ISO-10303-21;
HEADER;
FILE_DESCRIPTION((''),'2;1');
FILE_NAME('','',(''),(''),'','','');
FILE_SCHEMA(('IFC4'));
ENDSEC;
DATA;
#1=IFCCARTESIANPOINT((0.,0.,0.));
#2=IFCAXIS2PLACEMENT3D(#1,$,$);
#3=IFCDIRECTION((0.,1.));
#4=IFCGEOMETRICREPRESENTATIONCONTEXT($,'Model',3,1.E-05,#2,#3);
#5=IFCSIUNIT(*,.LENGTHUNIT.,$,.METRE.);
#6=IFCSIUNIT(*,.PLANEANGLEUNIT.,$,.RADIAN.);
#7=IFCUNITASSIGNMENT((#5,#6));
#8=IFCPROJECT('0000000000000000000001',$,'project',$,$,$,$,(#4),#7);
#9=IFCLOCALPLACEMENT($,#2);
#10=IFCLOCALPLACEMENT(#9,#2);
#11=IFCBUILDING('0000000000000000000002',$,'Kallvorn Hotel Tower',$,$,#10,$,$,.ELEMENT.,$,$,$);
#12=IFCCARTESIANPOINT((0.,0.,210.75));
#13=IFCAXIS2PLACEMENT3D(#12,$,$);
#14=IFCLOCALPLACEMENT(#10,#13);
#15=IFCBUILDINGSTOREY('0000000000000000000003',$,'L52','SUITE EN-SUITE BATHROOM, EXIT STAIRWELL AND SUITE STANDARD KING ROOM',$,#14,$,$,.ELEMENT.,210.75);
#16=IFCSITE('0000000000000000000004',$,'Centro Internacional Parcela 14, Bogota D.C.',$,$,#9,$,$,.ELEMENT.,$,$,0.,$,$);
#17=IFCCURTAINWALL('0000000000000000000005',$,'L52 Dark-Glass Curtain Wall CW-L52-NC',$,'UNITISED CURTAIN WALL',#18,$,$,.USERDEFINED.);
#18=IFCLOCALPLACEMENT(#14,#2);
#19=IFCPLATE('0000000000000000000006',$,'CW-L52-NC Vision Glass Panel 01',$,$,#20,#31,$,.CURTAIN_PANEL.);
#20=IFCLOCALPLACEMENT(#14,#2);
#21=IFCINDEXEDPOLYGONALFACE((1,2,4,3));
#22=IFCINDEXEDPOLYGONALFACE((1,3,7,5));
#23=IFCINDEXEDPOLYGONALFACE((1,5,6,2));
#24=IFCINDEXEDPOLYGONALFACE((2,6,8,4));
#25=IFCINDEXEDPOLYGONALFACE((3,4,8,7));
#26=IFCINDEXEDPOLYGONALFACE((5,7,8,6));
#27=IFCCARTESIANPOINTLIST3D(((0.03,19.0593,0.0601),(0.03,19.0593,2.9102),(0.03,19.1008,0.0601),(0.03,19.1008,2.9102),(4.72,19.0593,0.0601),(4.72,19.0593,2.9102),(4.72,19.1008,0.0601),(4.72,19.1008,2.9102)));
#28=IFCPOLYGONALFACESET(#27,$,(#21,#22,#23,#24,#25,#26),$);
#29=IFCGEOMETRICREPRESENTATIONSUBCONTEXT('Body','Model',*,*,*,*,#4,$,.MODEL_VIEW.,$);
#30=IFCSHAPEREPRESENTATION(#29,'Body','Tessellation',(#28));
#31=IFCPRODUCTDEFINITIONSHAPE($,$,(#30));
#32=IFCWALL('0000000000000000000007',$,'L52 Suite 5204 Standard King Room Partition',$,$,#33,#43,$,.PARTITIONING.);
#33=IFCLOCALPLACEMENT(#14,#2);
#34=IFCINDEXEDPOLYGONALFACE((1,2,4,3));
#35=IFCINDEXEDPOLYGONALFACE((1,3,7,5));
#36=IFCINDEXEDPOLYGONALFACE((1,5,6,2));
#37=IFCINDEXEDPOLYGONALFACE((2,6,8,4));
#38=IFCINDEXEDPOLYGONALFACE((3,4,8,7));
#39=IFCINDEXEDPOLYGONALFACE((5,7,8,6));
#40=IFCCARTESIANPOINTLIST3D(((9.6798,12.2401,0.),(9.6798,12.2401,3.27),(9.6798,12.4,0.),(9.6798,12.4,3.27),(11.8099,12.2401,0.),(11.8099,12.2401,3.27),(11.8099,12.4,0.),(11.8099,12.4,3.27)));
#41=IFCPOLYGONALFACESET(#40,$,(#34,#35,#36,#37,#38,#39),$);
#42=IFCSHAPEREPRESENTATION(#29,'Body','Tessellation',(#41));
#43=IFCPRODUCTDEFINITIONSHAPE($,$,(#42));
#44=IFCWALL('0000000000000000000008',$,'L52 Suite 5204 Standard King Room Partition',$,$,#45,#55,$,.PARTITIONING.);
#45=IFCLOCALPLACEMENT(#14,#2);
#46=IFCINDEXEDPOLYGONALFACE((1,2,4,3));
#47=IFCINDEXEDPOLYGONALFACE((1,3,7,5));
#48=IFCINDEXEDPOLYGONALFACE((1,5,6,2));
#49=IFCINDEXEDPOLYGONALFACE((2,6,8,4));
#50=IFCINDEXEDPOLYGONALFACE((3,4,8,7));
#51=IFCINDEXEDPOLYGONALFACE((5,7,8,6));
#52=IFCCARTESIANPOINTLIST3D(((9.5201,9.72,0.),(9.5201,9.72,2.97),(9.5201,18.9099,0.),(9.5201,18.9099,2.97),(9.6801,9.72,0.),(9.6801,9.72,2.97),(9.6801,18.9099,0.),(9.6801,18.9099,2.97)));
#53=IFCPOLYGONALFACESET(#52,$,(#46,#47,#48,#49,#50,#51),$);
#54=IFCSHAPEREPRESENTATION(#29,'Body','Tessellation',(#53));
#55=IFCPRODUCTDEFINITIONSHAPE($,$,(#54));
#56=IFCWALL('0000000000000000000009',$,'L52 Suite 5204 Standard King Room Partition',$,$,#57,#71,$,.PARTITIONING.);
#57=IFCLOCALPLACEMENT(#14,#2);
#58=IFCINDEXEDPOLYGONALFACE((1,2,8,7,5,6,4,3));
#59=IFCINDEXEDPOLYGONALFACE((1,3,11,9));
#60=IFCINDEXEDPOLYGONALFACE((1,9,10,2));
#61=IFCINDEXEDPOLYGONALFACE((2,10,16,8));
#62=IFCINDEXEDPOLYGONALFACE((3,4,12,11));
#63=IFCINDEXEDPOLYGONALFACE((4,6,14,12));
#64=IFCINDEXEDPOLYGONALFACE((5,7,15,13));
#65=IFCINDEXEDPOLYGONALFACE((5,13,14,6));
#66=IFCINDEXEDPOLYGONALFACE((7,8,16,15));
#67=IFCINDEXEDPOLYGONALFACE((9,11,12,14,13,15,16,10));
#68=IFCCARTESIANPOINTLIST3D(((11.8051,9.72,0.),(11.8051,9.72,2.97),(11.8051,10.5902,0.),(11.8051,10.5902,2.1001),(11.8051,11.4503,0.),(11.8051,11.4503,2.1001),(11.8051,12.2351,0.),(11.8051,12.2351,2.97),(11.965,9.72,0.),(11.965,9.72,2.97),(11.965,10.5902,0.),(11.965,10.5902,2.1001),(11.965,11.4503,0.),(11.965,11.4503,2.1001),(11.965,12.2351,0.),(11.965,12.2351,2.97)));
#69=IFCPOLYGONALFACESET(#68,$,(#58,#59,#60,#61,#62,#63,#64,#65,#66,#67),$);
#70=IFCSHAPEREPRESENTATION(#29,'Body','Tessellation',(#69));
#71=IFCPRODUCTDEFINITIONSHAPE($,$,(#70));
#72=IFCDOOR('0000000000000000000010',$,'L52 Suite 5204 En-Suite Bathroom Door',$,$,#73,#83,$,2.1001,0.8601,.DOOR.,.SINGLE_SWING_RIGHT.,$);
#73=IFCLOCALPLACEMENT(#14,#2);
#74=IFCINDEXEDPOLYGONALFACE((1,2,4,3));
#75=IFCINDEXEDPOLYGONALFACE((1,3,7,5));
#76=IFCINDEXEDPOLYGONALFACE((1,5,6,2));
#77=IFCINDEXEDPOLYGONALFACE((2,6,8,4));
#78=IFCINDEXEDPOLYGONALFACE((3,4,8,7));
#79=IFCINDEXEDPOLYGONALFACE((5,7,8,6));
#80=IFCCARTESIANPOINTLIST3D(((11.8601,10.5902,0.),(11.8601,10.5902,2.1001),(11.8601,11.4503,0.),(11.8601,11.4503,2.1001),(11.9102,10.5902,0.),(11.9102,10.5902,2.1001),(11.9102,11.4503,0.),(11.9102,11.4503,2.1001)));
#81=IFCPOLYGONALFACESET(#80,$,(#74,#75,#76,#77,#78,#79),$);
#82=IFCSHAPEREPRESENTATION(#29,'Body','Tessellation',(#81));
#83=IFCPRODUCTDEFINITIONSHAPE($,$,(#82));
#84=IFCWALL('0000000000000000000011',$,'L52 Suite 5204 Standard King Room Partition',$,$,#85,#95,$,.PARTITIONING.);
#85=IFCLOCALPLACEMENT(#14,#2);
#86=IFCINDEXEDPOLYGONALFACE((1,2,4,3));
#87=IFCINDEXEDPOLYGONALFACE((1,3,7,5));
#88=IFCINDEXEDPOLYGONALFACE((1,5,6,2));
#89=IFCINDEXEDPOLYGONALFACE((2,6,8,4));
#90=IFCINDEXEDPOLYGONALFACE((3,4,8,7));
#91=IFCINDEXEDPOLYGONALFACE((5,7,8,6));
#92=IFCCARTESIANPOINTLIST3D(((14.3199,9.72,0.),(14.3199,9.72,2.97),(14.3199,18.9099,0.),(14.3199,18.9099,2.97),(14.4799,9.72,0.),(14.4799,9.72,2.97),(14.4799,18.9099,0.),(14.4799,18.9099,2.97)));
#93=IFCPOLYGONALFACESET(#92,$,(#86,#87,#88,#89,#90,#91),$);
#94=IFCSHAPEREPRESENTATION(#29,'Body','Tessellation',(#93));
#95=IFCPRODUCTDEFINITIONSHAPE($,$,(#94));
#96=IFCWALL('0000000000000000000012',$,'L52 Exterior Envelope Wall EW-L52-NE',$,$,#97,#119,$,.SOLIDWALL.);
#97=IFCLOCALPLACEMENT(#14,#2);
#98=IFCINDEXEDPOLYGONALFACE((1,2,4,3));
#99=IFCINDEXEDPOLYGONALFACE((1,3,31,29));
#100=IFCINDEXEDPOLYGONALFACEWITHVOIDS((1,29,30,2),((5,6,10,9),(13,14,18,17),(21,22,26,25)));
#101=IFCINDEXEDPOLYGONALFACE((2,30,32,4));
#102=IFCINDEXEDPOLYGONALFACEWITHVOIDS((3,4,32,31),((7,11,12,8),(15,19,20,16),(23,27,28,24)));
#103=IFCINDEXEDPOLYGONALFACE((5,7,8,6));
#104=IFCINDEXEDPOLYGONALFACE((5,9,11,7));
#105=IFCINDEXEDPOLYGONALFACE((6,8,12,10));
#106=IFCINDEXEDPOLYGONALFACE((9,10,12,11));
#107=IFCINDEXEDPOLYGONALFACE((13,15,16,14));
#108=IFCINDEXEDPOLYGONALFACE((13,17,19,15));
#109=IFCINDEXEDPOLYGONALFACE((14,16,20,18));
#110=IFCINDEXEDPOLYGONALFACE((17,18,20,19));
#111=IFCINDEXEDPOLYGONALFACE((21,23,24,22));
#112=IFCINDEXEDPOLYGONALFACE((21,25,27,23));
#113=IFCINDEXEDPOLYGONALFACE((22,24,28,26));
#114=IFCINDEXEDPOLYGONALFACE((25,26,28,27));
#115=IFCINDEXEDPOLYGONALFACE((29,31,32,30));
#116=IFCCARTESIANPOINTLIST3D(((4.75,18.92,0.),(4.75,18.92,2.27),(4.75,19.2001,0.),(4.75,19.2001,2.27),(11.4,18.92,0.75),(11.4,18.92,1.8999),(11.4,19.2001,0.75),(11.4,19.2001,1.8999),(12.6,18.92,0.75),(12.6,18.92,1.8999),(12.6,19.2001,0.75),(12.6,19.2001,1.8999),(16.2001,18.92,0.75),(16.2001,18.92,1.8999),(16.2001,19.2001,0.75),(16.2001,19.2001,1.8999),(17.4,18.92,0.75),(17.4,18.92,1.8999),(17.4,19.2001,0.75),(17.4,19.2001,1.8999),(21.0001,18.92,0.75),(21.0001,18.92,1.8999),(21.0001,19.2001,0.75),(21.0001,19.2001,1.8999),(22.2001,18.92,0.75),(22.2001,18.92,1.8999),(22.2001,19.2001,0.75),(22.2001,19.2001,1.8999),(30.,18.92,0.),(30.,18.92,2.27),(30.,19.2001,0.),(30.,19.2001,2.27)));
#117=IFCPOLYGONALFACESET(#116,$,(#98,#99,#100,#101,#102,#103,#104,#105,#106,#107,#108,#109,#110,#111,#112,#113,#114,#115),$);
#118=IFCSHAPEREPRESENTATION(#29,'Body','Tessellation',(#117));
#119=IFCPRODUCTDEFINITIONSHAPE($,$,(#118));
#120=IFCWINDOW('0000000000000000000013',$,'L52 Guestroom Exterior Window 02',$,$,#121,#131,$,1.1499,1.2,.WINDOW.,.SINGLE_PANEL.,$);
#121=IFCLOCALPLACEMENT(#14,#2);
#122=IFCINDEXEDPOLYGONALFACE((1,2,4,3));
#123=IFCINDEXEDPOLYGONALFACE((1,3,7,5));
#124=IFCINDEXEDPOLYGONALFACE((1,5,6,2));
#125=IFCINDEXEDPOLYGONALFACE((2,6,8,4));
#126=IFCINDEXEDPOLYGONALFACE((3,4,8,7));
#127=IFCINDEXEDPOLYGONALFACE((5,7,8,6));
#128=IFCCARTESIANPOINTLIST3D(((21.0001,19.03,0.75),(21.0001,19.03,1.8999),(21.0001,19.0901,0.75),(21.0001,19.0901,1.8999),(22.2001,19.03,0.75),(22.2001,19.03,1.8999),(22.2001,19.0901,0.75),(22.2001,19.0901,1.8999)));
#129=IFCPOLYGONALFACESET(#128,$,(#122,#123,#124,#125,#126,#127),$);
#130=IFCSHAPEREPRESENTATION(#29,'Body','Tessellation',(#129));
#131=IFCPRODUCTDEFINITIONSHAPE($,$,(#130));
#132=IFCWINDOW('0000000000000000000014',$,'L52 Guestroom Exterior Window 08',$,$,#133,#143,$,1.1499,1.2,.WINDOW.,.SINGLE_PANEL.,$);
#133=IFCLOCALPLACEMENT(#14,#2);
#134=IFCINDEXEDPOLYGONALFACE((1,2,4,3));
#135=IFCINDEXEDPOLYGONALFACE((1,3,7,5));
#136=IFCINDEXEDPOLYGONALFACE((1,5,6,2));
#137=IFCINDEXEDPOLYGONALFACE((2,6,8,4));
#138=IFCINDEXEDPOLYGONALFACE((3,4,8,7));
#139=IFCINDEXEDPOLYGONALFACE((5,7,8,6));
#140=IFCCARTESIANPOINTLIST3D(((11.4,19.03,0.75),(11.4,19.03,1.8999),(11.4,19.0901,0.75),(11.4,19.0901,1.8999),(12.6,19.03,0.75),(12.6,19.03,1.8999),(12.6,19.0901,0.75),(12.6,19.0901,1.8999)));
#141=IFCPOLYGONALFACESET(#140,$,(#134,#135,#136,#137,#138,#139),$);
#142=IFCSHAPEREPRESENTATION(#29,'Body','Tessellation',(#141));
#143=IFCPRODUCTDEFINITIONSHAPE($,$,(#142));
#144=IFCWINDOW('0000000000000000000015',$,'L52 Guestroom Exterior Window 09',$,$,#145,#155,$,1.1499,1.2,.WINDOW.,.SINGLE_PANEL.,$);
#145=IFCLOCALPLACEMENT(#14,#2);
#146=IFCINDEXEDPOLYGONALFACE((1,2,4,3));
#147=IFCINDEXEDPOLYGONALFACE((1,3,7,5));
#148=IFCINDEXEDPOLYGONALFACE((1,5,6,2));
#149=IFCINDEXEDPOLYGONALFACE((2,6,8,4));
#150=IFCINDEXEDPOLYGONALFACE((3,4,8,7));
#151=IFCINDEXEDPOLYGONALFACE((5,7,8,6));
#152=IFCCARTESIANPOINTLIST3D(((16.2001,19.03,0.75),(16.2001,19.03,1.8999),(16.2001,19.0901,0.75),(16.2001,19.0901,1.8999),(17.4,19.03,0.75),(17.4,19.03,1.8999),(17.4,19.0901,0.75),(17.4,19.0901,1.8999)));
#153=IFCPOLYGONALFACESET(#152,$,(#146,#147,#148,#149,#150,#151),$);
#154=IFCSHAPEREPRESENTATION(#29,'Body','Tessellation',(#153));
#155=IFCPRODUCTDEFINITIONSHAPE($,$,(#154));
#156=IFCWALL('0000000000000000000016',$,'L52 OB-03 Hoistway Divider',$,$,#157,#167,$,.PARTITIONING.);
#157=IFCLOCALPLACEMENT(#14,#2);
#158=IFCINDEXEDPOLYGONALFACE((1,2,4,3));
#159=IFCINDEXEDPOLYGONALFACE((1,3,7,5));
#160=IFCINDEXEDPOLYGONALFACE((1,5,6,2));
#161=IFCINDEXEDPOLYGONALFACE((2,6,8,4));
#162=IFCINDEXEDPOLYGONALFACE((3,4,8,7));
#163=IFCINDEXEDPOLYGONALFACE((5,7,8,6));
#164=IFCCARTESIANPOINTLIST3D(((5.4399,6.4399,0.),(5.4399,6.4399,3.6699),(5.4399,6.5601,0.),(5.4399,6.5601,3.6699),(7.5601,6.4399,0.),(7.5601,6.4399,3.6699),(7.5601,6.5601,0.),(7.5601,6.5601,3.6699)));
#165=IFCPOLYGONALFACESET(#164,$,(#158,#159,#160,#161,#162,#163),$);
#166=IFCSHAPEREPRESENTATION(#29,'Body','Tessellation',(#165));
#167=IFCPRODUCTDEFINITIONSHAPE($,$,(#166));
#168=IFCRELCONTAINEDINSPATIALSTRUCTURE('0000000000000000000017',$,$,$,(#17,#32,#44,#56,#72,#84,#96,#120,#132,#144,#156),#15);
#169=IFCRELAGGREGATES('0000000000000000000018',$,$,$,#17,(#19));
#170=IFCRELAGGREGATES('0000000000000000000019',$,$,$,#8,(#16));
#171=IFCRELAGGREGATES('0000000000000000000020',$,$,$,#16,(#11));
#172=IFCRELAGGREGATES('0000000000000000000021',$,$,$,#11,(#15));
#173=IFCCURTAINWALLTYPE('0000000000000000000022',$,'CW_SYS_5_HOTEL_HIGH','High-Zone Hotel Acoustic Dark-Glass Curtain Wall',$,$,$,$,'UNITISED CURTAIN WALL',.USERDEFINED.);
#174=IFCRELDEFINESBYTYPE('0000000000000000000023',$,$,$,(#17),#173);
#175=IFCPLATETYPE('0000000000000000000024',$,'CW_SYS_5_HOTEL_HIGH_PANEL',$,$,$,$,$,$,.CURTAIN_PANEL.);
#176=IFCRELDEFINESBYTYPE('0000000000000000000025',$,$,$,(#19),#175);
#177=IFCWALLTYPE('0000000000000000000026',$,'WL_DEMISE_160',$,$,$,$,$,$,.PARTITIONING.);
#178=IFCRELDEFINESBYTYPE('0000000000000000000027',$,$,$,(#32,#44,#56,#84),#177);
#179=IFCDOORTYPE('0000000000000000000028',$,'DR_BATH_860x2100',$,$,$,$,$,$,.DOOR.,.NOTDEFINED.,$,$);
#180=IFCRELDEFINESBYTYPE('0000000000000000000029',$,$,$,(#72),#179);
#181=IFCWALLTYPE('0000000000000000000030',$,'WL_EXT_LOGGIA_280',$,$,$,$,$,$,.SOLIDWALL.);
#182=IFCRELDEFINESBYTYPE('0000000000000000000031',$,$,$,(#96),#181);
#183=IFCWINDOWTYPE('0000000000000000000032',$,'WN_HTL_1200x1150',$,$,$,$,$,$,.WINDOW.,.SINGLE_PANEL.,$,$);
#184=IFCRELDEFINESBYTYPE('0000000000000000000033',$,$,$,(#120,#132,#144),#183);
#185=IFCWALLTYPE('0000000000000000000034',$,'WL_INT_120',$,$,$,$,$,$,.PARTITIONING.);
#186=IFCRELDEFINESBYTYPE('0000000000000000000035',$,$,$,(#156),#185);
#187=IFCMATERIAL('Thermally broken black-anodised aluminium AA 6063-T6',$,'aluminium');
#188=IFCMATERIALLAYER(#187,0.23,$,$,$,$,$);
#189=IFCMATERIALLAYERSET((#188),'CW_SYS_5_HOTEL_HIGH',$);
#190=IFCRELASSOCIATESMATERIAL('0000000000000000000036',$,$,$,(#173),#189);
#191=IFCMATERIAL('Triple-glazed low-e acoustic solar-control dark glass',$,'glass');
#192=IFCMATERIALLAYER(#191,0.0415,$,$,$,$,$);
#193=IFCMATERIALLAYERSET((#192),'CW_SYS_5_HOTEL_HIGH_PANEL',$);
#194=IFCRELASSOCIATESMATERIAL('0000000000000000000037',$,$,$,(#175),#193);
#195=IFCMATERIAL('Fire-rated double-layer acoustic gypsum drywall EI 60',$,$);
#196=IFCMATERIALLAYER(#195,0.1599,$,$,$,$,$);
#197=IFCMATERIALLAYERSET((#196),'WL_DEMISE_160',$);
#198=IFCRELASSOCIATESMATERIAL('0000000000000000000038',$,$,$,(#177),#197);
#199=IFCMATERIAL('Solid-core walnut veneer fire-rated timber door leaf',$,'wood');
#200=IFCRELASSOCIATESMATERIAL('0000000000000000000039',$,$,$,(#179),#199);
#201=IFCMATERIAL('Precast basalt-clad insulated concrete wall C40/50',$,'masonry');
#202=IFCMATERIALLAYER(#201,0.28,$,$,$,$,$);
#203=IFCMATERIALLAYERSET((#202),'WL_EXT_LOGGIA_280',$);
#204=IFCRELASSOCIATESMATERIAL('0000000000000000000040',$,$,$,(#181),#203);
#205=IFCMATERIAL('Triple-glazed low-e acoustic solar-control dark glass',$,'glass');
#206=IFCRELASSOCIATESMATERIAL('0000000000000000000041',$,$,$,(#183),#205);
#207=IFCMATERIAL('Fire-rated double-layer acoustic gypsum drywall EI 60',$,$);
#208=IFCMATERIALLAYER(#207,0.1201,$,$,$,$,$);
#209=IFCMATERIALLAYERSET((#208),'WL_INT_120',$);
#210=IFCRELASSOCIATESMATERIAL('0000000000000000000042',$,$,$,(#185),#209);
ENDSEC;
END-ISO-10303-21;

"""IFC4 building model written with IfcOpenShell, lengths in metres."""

from ifc_helpers import new_model, si_unit, direction, frame, frame_2d, origin, origin_2d, place, context, subcontext, project, spatial, rectangle, extrude, material, layer, layer_set, type_object, element, fill, aggregate, save


model = new_model("IFC4")

# Units and contexts
model_context = context("Model", 3, precision=1e-05, world=origin(), true_north=direction((0.0, 1.0)))
body_context = subcontext(model_context, "Body", "Model", "MODEL_VIEW")
ifc_project = project(units=[si_unit("LENGTHUNIT", "METRE"), si_unit("PLANEANGLEUNIT", "RADIAN")], contexts=[model_context])

# Site, building, storey
site_placement = place(None, origin())
site = spatial("IfcSite", under=ifc_project, at=site_placement, Name="Centro Internacional Parcela 14, Bogota D.C.", CompositionType="ELEMENT", RefElevation=0.0)
building_placement = place(site_placement, origin())
building = spatial("IfcBuilding", under=site, at=building_placement, Name="Kallvorn Hotel Tower", CompositionType="ELEMENT")
storey_placement = place(building_placement, frame((0.0, 0.0, 210.75)))
storey = spatial("IfcBuildingStorey", under=building, at=storey_placement, Name="L52", Description="SUITE EN-SUITE BATHROOM, EXIT STAIRWELL AND SUITE STANDARD KING ROOM", CompositionType="ELEMENT", Elevation=210.75)

# Curtain wall, plate
ifc_material_1 = material(Name="Thermally broken black-anodised aluminium AA 6063-T6", Category="aluminium")
ifc_layer_1 = layer(ifc_material_1, 0.23)
ifc_layer_set_1 = layer_set([ifc_layer_1], Name="CW_SYS_5_HOTEL_HIGH")
curtain_wall_type = type_object("IfcCurtainWallType", Name="CW_SYS_5_HOTEL_HIGH", Description="High-Zone Hotel Acoustic Dark-Glass Curtain Wall", ElementType="UNITISED CURTAIN WALL", PredefinedType="USERDEFINED", material=ifc_layer_set_1)
curtain_wall_placement = place(storey_placement, origin())
curtain_wall = element("IfcCurtainWall", 1, at=curtain_wall_placement, inside=storey, type_object=curtain_wall_type, Name="L52 Dark-Glass Curtain Wall CW-L52-NC", ObjectType="UNITISED CURTAIN WALL", PredefinedType="USERDEFINED")
ifc_material_2 = material(Name="Triple-glazed low-e acoustic solar-control dark glass", Category="glass")
ifc_layer_2 = layer(ifc_material_2, 0.0415)
ifc_layer_set_2 = layer_set([ifc_layer_2], Name="CW_SYS_5_HOTEL_HIGH_PANEL")
plate_type = type_object("IfcPlateType", Name="CW_SYS_5_HOTEL_HIGH_PANEL", PredefinedType="CURTAIN_PANEL", material=ifc_layer_set_2)
plate_placement = place(storey_placement, frame((2.375, 19.0801, 0.0601), z_axis=(0.0, 0.0, 1.0), x_axis=(1.0, 0.0, 0.0)))
plate = element("IfcPlate", 2, at=plate_placement, type_object=plate_type, Name="CW-L52-NC Vision Glass Panel 01", PredefinedType="CURTAIN_PANEL", context=body_context, shape_type="SweptSolid", body=[
    extrude(rectangle(XDim=4.6899, YDim=0.0415, at=origin_2d()), origin(), (0.0, 0.0, 1.0), 2.8501),
])
aggregate(curtain_wall, [plate])

# Walls
ifc_material_3 = material(Name="Fire-rated double-layer acoustic gypsum drywall EI 60")
ifc_layer_3 = layer(ifc_material_3, 0.1599)
ifc_layer_set_3 = layer_set([ifc_layer_3], Name="WL_DEMISE_160")
wall_type_1 = type_object("IfcWallType", Name="WL_DEMISE_160", PredefinedType="PARTITIONING", material=ifc_layer_set_3)
wall_1_placement = place(storey_placement, frame((9.6799, 12.3201, 0.0), z_axis=(0.0, 0.0, 1.0), x_axis=(1.0, 0.0, 0.0)))
element("IfcWall", 3, at=wall_1_placement, inside=storey, type_object=wall_type_1, Name="L52 Suite 5204 Standard King Room Partition", PredefinedType="PARTITIONING", context=body_context, shape_type="SweptSolid", body=[
    extrude(rectangle(XDim=2.1301, YDim=0.1599, at=frame_2d((1.0649, 0.0))), origin(), (0.0, 0.0, 1.0), 3.27),
])
wall_2_placement = place(storey_placement, frame((9.6001, 9.72, 0.0), z_axis=(0.0, 0.0, 1.0), x_axis=(0.0, 1.0, 0.0)))
element("IfcWall", 4, at=wall_2_placement, inside=storey, type_object=wall_type_1, Name="L52 Suite 5204 Standard King Room Partition", PredefinedType="PARTITIONING", context=body_context, shape_type="SweptSolid", body=[
    extrude(rectangle(XDim=9.1899, YDim=0.1599, at=frame_2d((4.595, 0.0))), origin(), (0.0, 0.0, 1.0), 2.97),
])

# Wall, opening, door
wall_3_placement = place(storey_placement, frame((11.885, 9.72, 0.0), z_axis=(0.0, 0.0, 1.0), x_axis=(0.0, 1.0, 0.0)))
wall_3 = element("IfcWall", 5, at=wall_3_placement, inside=storey, type_object=wall_type_1, Name="L52 Suite 5204 Standard King Room Partition", PredefinedType="PARTITIONING", context=body_context, shape_type="SweptSolid", body=[
    extrude(rectangle(XDim=2.5151, YDim=0.1599, at=frame_2d((1.2576, 0.0))), origin(), (0.0, 0.0, 1.0), 2.97),
])
opening_1_placement = place(wall_3_placement, frame((0.8701, 0.0, 0.0)))
opening_1 = element("IfcOpeningElement", 6, at=opening_1_placement, cuts=wall_3, PredefinedType="OPENING", context=body_context, shape_type="SweptSolid", body=[
    extrude(rectangle(XDim=0.8601, YDim=2.1001, at=frame_2d((0.4302, 1.05))), frame((0.0, 0.095, 0.0), z_axis=(0.0, -1.0, 0.0), x_axis=(1.0, 0.0, 0.0)), (0.0, 0.0, 1.0), 0.1899),
])
ifc_material_4 = material(Name="Solid-core walnut veneer fire-rated timber door leaf", Category="wood")
door_type_1 = type_object("IfcDoorType", Name="DR_BATH_860x2100", OperationType="NOTDEFINED", PredefinedType="DOOR", material=ifc_material_4)
door_1_placement = place(opening_1_placement, origin())
door_1 = element("IfcDoor", 7, at=door_1_placement, inside=storey, type_object=door_type_1, Name="L52 Suite 5204 En-Suite Bathroom Door", OperationType="SINGLE_SWING_RIGHT", OverallHeight=2.1001, OverallWidth=0.8601, PredefinedType="DOOR", context=body_context, shape_type="SweptSolid", body=[
    extrude(rectangle(XDim=0.8601, YDim=2.1001, at=frame_2d((0.4302, 1.05))), frame((0.0, 0.0249, 0.0), z_axis=(0.0, -1.0, 0.0), x_axis=(1.0, 0.0, 0.0)), (0.0, 0.0, 1.0), 0.05),
])
fill(opening_1, door_1)

# Wall
wall_4_placement = place(storey_placement, frame((14.3999, 9.72, 0.0), z_axis=(0.0, 0.0, 1.0), x_axis=(0.0, 1.0, 0.0)))
element("IfcWall", 8, at=wall_4_placement, inside=storey, type_object=wall_type_1, Name="L52 Suite 5204 Standard King Room Partition", PredefinedType="PARTITIONING", context=body_context, shape_type="SweptSolid", body=[
    extrude(rectangle(XDim=9.1899, YDim=0.1599, at=frame_2d((4.595, 0.0))), origin(), (0.0, 0.0, 1.0), 2.97),
])

# Wall, openings, windows
ifc_material_5 = material(Name="Precast basalt-clad insulated concrete wall C40/50", Category="masonry")
ifc_layer_4 = layer(ifc_material_5, 0.28)
ifc_layer_set_4 = layer_set([ifc_layer_4], Name="WL_EXT_LOGGIA_280")
wall_type_2 = type_object("IfcWallType", Name="WL_EXT_LOGGIA_280", PredefinedType="SOLIDWALL", material=ifc_layer_set_4)
wall_5_placement = place(storey_placement, frame((4.75, 19.0601, 0.0), z_axis=(0.0, 0.0, 1.0), x_axis=(1.0, 0.0, 0.0)))
wall_5 = element("IfcWall", 9, at=wall_5_placement, inside=storey, type_object=wall_type_2, Name="L52 Exterior Envelope Wall EW-L52-NE", PredefinedType="SOLIDWALL", context=body_context, shape_type="SweptSolid", body=[
    extrude(rectangle(XDim=25.25, YDim=0.28, at=frame_2d((12.625, 0.0))), origin(), (0.0, 0.0, 1.0), 2.27),
])
opening_2_placement = place(wall_5_placement, frame((16.25, 0.0, 0.75)))
opening_2 = element("IfcOpeningElement", 10, at=opening_2_placement, cuts=wall_5, PredefinedType="OPENING", context=body_context, shape_type="SweptSolid", body=[
    extrude(rectangle(XDim=1.2, YDim=1.1499, at=frame_2d((0.6001, 0.575))), frame((0.0, 0.155, 0.0), z_axis=(0.0, -1.0, 0.0), x_axis=(1.0, 0.0, 0.0)), (0.0, 0.0, 1.0), 0.3101),
])
opening_3_placement = place(wall_5_placement, frame((6.6499, 0.0, 0.75)))
opening_3 = element("IfcOpeningElement", 11, at=opening_3_placement, cuts=wall_5, PredefinedType="OPENING", context=body_context, shape_type="SweptSolid", body=[
    extrude(rectangle(XDim=1.2, YDim=1.1499, at=frame_2d((0.6001, 0.575))), frame((0.0, 0.155, 0.0), z_axis=(0.0, -1.0, 0.0), x_axis=(1.0, 0.0, 0.0)), (0.0, 0.0, 1.0), 0.3101),
])
opening_4_placement = place(wall_5_placement, frame((11.45, 0.0, 0.75)))
opening_4 = element("IfcOpeningElement", 12, at=opening_4_placement, cuts=wall_5, PredefinedType="OPENING", context=body_context, shape_type="SweptSolid", body=[
    extrude(rectangle(XDim=1.2, YDim=1.1499, at=frame_2d((0.6001, 0.575))), frame((0.0, 0.155, 0.0), z_axis=(0.0, -1.0, 0.0), x_axis=(1.0, 0.0, 0.0)), (0.0, 0.0, 1.0), 0.3101),
])
ifc_material_6 = material(Name="Triple-glazed low-e acoustic solar-control dark glass", Category="glass")
window_type = type_object("IfcWindowType", Name="WN_HTL_1200x1150", PartitioningType="SINGLE_PANEL", PredefinedType="WINDOW", material=ifc_material_6)
window_1_placement = place(opening_2_placement, origin())
window_1 = element("IfcWindow", 13, at=window_1_placement, inside=storey, type_object=window_type, Name="L52 Guestroom Exterior Window 02", OverallHeight=1.1499, OverallWidth=1.2, PartitioningType="SINGLE_PANEL", PredefinedType="WINDOW", context=body_context, shape_type="SweptSolid", body=[
    extrude(rectangle(XDim=1.2, YDim=1.1499, at=frame_2d((0.6001, 0.575))), frame((0.0, 0.03, 0.0), z_axis=(0.0, -1.0, 0.0), x_axis=(1.0, 0.0, 0.0)), (0.0, 0.0, 1.0), 0.0601),
])
fill(opening_2, window_1)
window_2_placement = place(opening_3_placement, origin())
window_2 = element("IfcWindow", 14, at=window_2_placement, inside=storey, type_object=window_type, Name="L52 Guestroom Exterior Window 08", OverallHeight=1.1499, OverallWidth=1.2, PartitioningType="SINGLE_PANEL", PredefinedType="WINDOW", context=body_context, shape_type="SweptSolid", body=[
    extrude(rectangle(XDim=1.2, YDim=1.1499, at=frame_2d((0.6001, 0.575))), frame((0.0, 0.03, 0.0), z_axis=(0.0, -1.0, 0.0), x_axis=(1.0, 0.0, 0.0)), (0.0, 0.0, 1.0), 0.0601),
])
fill(opening_3, window_2)
window_3_placement = place(opening_4_placement, origin())
window_3 = element("IfcWindow", 15, at=window_3_placement, inside=storey, type_object=window_type, Name="L52 Guestroom Exterior Window 09", OverallHeight=1.1499, OverallWidth=1.2, PartitioningType="SINGLE_PANEL", PredefinedType="WINDOW", context=body_context, shape_type="SweptSolid", body=[
    extrude(rectangle(XDim=1.2, YDim=1.1499, at=frame_2d((0.6001, 0.575))), frame((0.0, 0.03, 0.0), z_axis=(0.0, -1.0, 0.0), x_axis=(1.0, 0.0, 0.0)), (0.0, 0.0, 1.0), 0.0601),
])
fill(opening_4, window_3)

# Wall
ifc_material_7 = material(Name="Fire-rated double-layer acoustic gypsum drywall EI 60")
ifc_layer_5 = layer(ifc_material_7, 0.1201)
ifc_layer_set_5 = layer_set([ifc_layer_5], Name="WL_INT_120")
wall_type_3 = type_object("IfcWallType", Name="WL_INT_120", PredefinedType="PARTITIONING", material=ifc_layer_set_5)
wall_6_placement = place(storey_placement, frame((5.4399, 6.5, 0.0), z_axis=(0.0, 0.0, 1.0), x_axis=(1.0, 0.0, 0.0)))
element("IfcWall", 16, at=wall_6_placement, inside=storey, type_object=wall_type_3, Name="L52 OB-03 Hoistway Divider", PredefinedType="PARTITIONING", context=body_context, shape_type="SweptSolid", body=[
    extrude(rectangle(XDim=2.1201, YDim=0.1201, at=frame_2d((1.0601, 0.0))), origin(), (0.0, 0.0, 1.0), 3.6699),
])

save(model, "model.ifc")
